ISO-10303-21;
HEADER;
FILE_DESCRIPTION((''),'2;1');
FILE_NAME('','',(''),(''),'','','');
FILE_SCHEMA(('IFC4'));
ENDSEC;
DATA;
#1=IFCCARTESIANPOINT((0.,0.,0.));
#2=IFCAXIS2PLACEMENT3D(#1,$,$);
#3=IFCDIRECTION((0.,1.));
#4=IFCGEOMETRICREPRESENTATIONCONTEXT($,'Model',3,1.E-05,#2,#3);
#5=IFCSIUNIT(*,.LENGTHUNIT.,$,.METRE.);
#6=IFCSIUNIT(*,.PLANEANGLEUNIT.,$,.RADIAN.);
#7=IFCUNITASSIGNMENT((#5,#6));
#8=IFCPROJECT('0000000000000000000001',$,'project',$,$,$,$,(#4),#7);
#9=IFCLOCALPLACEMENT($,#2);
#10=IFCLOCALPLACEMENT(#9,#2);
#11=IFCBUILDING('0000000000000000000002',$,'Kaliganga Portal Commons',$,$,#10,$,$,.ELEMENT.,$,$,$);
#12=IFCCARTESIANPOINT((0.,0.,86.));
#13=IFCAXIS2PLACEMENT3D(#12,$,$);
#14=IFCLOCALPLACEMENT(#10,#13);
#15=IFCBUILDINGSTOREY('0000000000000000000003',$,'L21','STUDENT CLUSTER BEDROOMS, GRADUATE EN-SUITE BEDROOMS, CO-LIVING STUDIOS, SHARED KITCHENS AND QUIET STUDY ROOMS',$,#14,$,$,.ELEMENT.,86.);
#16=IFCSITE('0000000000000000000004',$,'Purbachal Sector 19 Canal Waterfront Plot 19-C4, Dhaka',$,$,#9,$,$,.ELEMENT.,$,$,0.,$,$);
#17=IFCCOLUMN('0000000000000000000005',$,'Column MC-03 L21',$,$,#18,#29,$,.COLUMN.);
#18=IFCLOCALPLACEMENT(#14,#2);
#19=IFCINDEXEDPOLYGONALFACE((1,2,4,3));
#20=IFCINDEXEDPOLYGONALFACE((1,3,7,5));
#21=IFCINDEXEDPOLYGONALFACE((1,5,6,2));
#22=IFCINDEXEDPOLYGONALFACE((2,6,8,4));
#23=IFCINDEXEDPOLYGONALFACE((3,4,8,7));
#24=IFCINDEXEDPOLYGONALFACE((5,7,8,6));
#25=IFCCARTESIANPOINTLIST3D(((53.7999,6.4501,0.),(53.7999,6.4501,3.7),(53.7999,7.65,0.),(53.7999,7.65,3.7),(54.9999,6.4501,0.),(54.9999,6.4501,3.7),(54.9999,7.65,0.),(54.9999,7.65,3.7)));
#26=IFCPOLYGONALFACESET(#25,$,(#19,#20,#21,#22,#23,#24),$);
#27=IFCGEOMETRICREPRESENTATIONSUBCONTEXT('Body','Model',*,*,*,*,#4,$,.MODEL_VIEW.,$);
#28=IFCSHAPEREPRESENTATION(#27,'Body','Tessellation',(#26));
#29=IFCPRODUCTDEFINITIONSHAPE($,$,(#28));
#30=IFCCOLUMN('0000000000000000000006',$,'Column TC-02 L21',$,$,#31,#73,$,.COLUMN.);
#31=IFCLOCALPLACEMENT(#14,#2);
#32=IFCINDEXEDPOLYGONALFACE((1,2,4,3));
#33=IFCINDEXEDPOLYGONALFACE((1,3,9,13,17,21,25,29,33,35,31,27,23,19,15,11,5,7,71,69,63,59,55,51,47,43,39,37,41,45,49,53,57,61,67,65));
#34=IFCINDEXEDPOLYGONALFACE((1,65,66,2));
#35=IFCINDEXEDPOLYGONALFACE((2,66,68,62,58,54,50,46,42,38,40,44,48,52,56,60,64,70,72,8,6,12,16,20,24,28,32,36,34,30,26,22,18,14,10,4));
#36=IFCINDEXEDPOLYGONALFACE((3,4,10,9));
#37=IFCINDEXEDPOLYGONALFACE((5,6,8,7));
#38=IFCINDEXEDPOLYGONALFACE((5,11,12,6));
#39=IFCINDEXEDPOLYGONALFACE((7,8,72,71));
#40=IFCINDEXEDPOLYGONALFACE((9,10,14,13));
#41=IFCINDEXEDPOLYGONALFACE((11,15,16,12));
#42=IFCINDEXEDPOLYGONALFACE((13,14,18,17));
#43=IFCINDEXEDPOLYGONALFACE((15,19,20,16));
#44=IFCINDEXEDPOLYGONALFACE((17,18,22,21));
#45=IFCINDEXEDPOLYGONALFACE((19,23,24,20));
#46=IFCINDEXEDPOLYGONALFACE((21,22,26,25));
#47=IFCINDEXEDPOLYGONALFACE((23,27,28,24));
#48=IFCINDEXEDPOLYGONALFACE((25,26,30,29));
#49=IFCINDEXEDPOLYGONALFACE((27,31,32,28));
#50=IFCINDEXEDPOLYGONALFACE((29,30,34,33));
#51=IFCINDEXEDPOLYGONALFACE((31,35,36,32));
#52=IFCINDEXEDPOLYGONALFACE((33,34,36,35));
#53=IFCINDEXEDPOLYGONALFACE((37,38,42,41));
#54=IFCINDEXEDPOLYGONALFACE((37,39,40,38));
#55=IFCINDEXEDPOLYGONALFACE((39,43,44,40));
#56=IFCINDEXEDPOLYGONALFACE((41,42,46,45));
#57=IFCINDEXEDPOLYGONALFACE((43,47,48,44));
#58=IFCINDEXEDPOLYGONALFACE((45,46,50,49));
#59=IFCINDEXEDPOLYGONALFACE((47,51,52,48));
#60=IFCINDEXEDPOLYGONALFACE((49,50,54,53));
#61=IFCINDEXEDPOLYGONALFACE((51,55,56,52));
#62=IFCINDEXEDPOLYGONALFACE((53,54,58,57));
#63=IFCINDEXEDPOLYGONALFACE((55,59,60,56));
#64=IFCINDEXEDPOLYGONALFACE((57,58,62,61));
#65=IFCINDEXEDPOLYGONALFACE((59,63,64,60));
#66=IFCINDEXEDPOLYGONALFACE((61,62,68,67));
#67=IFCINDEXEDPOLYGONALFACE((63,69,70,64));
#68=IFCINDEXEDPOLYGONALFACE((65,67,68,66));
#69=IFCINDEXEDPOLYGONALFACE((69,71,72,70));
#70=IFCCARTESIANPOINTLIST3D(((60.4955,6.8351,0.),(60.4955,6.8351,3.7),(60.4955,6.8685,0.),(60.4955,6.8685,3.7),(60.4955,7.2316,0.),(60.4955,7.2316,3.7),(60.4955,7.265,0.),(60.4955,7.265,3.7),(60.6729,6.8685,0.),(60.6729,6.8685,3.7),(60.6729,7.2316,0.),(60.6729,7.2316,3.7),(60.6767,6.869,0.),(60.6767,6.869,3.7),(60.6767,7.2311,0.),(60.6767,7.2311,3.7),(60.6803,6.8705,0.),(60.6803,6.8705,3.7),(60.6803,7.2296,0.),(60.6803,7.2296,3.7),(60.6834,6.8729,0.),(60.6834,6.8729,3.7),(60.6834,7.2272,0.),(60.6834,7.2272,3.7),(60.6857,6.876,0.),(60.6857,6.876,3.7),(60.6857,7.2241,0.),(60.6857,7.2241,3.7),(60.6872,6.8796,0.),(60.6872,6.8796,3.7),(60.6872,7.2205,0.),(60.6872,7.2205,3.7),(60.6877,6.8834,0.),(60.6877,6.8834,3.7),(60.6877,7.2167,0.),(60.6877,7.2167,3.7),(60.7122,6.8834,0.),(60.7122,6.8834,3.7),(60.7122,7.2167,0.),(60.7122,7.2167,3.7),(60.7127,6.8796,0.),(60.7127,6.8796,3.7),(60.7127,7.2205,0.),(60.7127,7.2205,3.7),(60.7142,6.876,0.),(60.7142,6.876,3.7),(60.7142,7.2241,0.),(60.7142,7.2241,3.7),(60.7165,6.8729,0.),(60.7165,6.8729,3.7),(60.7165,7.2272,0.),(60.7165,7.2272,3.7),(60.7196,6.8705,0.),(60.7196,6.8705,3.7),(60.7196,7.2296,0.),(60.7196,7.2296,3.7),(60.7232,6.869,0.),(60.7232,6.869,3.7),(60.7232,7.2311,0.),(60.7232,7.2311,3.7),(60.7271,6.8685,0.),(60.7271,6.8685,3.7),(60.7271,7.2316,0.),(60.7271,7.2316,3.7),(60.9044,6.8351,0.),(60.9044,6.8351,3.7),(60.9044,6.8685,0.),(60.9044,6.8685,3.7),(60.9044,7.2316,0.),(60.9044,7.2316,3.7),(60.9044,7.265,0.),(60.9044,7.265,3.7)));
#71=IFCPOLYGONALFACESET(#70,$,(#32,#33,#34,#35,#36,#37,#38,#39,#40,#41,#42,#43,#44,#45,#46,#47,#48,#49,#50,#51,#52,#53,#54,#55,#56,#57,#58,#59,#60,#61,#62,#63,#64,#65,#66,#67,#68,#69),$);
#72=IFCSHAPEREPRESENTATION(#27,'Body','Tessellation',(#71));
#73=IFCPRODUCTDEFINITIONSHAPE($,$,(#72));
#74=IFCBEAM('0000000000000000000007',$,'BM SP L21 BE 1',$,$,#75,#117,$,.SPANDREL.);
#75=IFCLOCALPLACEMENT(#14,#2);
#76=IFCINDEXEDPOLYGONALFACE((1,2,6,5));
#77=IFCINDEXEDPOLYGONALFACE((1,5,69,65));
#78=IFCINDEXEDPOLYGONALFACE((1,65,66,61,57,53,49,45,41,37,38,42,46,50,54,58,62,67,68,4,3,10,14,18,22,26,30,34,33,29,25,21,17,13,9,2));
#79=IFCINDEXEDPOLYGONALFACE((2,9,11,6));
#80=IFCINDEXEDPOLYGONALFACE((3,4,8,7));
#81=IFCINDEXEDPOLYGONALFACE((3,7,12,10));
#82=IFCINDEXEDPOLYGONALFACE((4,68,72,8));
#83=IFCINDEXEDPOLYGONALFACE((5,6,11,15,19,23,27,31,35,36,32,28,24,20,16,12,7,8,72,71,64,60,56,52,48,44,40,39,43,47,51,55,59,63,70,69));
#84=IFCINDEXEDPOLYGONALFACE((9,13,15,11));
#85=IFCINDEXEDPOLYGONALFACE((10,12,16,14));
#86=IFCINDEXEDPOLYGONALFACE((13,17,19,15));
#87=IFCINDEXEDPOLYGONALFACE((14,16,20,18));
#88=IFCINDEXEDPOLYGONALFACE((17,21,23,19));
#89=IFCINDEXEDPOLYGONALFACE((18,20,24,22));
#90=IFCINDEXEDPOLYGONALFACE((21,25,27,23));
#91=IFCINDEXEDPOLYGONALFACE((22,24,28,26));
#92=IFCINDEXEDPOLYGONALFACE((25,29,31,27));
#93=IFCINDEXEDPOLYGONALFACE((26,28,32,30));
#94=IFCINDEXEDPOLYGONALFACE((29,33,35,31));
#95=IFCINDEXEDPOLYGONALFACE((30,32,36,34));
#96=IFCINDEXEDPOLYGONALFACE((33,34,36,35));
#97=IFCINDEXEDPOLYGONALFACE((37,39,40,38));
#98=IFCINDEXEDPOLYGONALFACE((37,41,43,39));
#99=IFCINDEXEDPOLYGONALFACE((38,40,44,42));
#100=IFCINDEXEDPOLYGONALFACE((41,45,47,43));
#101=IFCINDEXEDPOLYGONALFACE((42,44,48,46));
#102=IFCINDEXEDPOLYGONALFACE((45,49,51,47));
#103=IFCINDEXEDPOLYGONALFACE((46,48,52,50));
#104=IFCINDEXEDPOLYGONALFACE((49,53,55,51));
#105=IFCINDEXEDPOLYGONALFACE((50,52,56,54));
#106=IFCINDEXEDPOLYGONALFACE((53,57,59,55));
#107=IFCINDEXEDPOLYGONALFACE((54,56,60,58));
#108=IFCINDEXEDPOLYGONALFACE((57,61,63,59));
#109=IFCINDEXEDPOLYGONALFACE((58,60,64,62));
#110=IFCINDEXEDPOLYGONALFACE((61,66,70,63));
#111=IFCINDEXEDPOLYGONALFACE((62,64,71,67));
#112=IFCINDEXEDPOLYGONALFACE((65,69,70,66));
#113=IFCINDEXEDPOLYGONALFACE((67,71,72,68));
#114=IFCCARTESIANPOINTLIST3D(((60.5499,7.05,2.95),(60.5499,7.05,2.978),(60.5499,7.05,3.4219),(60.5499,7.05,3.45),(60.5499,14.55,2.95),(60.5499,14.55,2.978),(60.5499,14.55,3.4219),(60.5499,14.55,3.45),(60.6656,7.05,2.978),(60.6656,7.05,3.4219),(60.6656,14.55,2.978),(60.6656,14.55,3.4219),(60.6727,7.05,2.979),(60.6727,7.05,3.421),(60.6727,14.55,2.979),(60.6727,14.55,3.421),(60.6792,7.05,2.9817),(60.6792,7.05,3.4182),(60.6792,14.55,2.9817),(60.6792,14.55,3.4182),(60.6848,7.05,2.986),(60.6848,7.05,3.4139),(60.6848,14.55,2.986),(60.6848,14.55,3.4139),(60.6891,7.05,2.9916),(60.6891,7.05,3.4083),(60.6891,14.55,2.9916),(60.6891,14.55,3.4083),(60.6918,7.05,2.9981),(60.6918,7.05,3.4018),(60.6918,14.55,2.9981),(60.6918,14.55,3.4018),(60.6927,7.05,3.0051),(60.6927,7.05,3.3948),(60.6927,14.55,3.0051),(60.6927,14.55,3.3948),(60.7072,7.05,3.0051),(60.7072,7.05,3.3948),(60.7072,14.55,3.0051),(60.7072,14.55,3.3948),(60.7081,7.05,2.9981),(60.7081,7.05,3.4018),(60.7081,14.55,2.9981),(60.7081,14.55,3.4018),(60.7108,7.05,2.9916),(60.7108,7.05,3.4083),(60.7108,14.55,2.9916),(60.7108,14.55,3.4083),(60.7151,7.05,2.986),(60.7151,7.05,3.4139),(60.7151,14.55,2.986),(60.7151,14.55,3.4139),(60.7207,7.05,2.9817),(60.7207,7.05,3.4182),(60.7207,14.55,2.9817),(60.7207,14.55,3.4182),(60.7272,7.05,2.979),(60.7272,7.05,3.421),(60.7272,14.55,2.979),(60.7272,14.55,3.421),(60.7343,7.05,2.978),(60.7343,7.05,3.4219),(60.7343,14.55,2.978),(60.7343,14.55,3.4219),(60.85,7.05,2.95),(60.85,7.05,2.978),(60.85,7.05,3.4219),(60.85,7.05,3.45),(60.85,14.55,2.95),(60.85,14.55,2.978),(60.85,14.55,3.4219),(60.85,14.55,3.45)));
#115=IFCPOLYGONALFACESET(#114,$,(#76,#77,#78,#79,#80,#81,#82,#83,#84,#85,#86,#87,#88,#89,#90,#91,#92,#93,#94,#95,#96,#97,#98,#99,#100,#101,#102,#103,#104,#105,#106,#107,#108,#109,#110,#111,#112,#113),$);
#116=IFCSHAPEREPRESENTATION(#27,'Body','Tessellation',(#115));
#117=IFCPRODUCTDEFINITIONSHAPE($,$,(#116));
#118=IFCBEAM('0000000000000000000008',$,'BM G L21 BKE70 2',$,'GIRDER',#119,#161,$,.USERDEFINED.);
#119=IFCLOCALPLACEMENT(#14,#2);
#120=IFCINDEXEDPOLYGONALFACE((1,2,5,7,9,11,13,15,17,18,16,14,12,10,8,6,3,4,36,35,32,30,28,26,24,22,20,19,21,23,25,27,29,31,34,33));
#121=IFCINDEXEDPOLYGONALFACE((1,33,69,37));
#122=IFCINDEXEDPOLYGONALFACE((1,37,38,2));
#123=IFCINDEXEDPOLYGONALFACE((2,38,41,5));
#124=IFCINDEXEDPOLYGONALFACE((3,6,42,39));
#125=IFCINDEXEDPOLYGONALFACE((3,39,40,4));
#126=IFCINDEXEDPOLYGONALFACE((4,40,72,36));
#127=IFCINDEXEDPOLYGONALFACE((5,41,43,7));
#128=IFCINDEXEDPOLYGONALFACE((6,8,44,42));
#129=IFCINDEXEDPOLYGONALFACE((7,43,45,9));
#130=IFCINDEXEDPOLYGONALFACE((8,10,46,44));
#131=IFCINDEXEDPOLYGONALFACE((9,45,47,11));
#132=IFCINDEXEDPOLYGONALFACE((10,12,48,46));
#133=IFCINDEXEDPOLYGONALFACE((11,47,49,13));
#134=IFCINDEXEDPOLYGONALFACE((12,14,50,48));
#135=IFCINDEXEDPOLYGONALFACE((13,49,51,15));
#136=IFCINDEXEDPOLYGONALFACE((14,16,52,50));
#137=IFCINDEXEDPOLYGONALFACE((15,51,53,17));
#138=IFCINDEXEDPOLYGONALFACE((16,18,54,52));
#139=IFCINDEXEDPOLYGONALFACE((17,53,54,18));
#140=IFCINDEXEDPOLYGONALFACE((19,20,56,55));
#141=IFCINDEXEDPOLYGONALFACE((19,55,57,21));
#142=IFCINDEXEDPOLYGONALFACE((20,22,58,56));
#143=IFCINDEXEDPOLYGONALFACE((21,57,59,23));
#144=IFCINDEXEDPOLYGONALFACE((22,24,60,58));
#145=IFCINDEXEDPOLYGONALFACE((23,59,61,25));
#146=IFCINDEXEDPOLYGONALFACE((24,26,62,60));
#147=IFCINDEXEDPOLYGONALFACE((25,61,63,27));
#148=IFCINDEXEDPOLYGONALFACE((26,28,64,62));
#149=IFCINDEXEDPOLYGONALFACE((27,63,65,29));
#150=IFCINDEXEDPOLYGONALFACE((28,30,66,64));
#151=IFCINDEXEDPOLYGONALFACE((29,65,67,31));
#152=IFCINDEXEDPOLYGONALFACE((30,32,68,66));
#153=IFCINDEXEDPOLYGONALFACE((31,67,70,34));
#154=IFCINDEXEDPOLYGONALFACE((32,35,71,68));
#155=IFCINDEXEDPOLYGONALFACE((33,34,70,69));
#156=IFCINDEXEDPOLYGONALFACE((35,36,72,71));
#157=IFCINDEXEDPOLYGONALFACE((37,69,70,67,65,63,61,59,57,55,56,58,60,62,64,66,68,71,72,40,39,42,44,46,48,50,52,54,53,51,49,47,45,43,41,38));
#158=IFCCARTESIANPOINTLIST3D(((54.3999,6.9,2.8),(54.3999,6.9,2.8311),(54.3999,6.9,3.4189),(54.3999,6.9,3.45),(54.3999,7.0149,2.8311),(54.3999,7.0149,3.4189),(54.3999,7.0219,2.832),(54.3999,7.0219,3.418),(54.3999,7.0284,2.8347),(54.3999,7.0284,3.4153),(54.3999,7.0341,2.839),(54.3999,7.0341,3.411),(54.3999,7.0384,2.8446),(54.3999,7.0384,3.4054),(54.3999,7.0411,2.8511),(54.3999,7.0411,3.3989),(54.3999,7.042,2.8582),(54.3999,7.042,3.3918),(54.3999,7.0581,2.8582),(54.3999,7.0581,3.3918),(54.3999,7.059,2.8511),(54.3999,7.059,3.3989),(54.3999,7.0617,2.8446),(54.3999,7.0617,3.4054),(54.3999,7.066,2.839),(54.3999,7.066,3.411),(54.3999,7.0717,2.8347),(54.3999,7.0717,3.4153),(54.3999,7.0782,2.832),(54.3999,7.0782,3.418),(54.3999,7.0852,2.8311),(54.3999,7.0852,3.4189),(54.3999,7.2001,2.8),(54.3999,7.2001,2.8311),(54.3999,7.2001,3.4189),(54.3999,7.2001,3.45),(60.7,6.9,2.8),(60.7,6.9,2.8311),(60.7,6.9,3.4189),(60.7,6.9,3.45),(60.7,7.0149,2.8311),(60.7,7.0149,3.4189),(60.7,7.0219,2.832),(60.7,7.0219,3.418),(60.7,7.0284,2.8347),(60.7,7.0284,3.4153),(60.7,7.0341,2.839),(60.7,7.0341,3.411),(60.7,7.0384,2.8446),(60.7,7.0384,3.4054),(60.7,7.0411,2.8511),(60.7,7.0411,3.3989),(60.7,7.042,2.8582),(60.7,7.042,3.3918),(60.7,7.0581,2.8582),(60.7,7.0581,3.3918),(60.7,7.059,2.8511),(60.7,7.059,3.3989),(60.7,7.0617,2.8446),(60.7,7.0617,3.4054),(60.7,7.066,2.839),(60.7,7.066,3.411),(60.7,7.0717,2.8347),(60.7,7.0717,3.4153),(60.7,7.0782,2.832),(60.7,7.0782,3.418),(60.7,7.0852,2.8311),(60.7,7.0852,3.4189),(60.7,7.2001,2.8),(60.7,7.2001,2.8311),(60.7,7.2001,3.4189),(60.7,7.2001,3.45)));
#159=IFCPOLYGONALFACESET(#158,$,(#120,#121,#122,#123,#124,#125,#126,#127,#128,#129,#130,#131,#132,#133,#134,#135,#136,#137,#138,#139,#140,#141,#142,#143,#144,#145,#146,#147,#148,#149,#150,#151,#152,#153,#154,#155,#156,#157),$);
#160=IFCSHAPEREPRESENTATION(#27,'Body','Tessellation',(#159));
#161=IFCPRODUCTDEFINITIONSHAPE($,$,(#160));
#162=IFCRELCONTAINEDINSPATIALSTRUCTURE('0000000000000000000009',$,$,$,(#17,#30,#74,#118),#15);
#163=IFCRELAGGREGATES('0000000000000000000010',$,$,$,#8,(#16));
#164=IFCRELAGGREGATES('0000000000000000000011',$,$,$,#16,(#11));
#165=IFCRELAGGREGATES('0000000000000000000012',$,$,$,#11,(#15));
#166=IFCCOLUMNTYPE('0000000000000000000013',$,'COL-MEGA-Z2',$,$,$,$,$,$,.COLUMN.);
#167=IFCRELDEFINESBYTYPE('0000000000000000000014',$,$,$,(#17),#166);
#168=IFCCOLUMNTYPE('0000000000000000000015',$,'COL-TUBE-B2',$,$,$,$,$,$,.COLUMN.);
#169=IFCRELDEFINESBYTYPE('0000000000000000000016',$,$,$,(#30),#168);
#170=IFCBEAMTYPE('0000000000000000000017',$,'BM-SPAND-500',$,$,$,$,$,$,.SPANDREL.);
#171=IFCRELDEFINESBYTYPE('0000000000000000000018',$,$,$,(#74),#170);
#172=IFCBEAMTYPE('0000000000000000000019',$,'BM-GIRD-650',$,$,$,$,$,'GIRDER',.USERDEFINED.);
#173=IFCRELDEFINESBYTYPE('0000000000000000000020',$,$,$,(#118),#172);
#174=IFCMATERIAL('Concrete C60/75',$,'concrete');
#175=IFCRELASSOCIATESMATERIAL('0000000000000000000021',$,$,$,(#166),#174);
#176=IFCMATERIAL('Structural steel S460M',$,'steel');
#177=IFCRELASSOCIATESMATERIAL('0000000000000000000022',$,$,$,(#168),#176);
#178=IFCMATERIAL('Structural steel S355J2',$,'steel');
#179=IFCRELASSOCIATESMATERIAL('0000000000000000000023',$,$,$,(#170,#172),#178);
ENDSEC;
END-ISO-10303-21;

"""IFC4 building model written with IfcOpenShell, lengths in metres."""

from ifc_helpers import new_model, si_unit, direction, frame, origin, origin_2d, place, context, subcontext, project, spatial, rectangle, i_section, extrude, source, transform, mapped, material, material_profile, profile_set, type_object, element, save


model = new_model("IFC4")

# Units and contexts
model_context = context("Model", 3, precision=1e-05, world=origin(), true_north=direction((0.0, 1.0)))
body_context = subcontext(model_context, "Body", "Model", "MODEL_VIEW")
ifc_project = project(units=[si_unit("LENGTHUNIT", "METRE"), si_unit("PLANEANGLEUNIT", "RADIAN")], contexts=[model_context])

# Site, building, storey
site_placement = place(None, origin())
site = spatial("IfcSite", under=ifc_project, at=site_placement, Name="Purbachal Sector 19 Canal Waterfront Plot 19-C4, Dhaka", CompositionType="ELEMENT", RefElevation=0.0)
building_placement = place(site_placement, origin())
building = spatial("IfcBuilding", under=site, at=building_placement, Name="Kaliganga Portal Commons", CompositionType="ELEMENT")
storey_placement = place(building_placement, frame((0.0, 0.0, 86.0)))
storey = spatial("IfcBuildingStorey", under=building, at=storey_placement, Name="L21", Description="STUDENT CLUSTER BEDROOMS, GRADUATE EN-SUITE BEDROOMS, CO-LIVING STUDIOS, SHARED KITCHENS AND QUIET STUDY ROOMS", CompositionType="ELEMENT", Elevation=86.0)

# Columns
ifc_material_1 = material(Name="Concrete C60/75", Category="concrete")
ifc_material_profile_1 = material_profile(ifc_material_1, rectangle(XDim=1.2, YDim=1.2, at=origin_2d()), Name="RC 1200x1200")
ifc_profile_set_1 = profile_set([ifc_material_profile_1], Name="Concrete C60/75")
column_type_1 = type_object("IfcColumnType", Name="COL-MEGA-Z2", PredefinedType="COLUMN", material=ifc_profile_set_1)
shared_shape_1 = source(origin(), body_context, "Body", "SweptSolid", [
    extrude(rectangle(XDim=1.2, YDim=1.2, at=origin_2d()), origin(), (0.0, 0.0, 1.0), 3.7),
])
column_1_placement = place(storey_placement, frame((54.3999, 7.05, 0.0), z_axis=(0.0, 0.0, 1.0), x_axis=(1.0, 0.0, 0.0)))
element("IfcColumn", 1, at=column_1_placement, inside=storey, type_object=column_type_1, Name="Column MC-03 L21", PredefinedType="COLUMN", context=body_context, shape_type="MappedRepresentation", body=[
    mapped(shared_shape_1, transform((0.0, 0.0, 0.0), x_axis=(1.0, 0.0, 0.0), y_axis=(0.0, 1.0, 0.0), z_axis=(0.0, 0.0, 1.0), scale=1.0)),
])
ifc_material_2 = material(Name="Structural steel S460M", Category="steel")
ifc_material_profile_2 = material_profile(ifc_material_2, i_section(OverallWidth=0.4089, OverallDepth=0.4299, WebThickness=0.0244, FlangeThickness=0.0334, FilletRadius=0.0149, at=origin_2d()), Name="HD 400x421")
ifc_profile_set_2 = profile_set([ifc_material_profile_2], Name="Structural steel S460M wide-flange")
column_type_2 = type_object("IfcColumnType", Name="COL-TUBE-B2", PredefinedType="COLUMN", material=ifc_profile_set_2)
shared_shape_2 = source(origin(), body_context, "Body", "SweptSolid", [
    extrude(i_section(OverallWidth=0.4089, OverallDepth=0.4299, WebThickness=0.0244, FlangeThickness=0.0334, FilletRadius=0.0149, at=origin_2d()), origin(), (0.0, 0.0, 1.0), 3.7),
])
column_2_placement = place(storey_placement, frame((60.7, 7.05, 0.0), z_axis=(0.0, 0.0, 1.0), x_axis=(1.0, 0.0, 0.0)))
element("IfcColumn", 2, at=column_2_placement, inside=storey, type_object=column_type_2, Name="Column TC-02 L21", PredefinedType="COLUMN", context=body_context, shape_type="MappedRepresentation", body=[
    mapped(shared_shape_2, transform((0.0, 0.0, 0.0), x_axis=(1.0, 0.0, 0.0), y_axis=(0.0, 1.0, 0.0), z_axis=(0.0, 0.0, 1.0), scale=1.0)),
])

# Beams
ifc_material_3 = material(Name="Structural steel S355J2", Category="steel")
ifc_material_profile_3 = material_profile(ifc_material_3, i_section(OverallWidth=0.3, OverallDepth=0.5, WebThickness=0.0144, FlangeThickness=0.0281, FilletRadius=0.0271, at=origin_2d()), Name="HE 500 B")
ifc_profile_set_3 = profile_set([ifc_material_profile_3], Name="Structural steel S355J2 wide-flange")
beam_type_1 = type_object("IfcBeamType", Name="BM-SPAND-500", PredefinedType="SPANDREL", material=ifc_profile_set_3)
shared_shape_3 = source(origin(), body_context, "Body", "SweptSolid", [
    extrude(i_section(OverallWidth=0.3, OverallDepth=0.5, WebThickness=0.0144, FlangeThickness=0.0281, FilletRadius=0.0271, at=origin_2d()), origin(), (0.0, 0.0, 1.0), 7.5),
])
beam_1_placement = place(storey_placement, frame((60.7, 7.05, 3.2), z_axis=(0.0, 1.0, 0.0), x_axis=(-1.0, 0.0, 0.0)))
element("IfcBeam", 3, at=beam_1_placement, inside=storey, type_object=beam_type_1, Name="BM SP L21 BE 1", PredefinedType="SPANDREL", context=body_context, shape_type="MappedRepresentation", body=[
    mapped(shared_shape_3, transform((0.0, 0.0, 0.0), x_axis=(1.0, 0.0, 0.0), y_axis=(0.0, 1.0, 0.0), z_axis=(0.0, 0.0, 1.0), scale=1.0)),
])
ifc_material_profile_4 = material_profile(ifc_material_3, i_section(OverallWidth=0.3, OverallDepth=0.6499, WebThickness=0.0161, FlangeThickness=0.031, FilletRadius=0.0271, at=origin_2d()), Name="HE 650 B")
ifc_profile_set_4 = profile_set([ifc_material_profile_4], Name="Structural steel S355J2 wide-flange")
beam_type_2 = type_object("IfcBeamType", Name="BM-GIRD-650", ElementType="GIRDER", PredefinedType="USERDEFINED", material=ifc_profile_set_4)
shared_shape_4 = source(origin(), body_context, "Body", "SweptSolid", [
    extrude(i_section(OverallWidth=0.3, OverallDepth=0.6499, WebThickness=0.0161, FlangeThickness=0.031, FilletRadius=0.0271, at=origin_2d()), origin(), (0.0, 0.0, 1.0), 6.3),
])
beam_2_placement = place(storey_placement, frame((54.3999, 7.05, 3.125), z_axis=(1.0, 0.0, 0.0), x_axis=(0.0, 1.0, 0.0)))
element("IfcBeam", 4, at=beam_2_placement, inside=storey, type_object=beam_type_2, Name="BM G L21 BKE70 2", ObjectType="GIRDER", PredefinedType="USERDEFINED", context=body_context, shape_type="MappedRepresentation", body=[
    mapped(shared_shape_4, transform((0.0, 0.0, 0.0), x_axis=(1.0, 0.0, 0.0), y_axis=(0.0, 1.0, 0.0), z_axis=(0.0, 0.0, 1.0), scale=1.0)),
])

save(model, "model.ifc")
